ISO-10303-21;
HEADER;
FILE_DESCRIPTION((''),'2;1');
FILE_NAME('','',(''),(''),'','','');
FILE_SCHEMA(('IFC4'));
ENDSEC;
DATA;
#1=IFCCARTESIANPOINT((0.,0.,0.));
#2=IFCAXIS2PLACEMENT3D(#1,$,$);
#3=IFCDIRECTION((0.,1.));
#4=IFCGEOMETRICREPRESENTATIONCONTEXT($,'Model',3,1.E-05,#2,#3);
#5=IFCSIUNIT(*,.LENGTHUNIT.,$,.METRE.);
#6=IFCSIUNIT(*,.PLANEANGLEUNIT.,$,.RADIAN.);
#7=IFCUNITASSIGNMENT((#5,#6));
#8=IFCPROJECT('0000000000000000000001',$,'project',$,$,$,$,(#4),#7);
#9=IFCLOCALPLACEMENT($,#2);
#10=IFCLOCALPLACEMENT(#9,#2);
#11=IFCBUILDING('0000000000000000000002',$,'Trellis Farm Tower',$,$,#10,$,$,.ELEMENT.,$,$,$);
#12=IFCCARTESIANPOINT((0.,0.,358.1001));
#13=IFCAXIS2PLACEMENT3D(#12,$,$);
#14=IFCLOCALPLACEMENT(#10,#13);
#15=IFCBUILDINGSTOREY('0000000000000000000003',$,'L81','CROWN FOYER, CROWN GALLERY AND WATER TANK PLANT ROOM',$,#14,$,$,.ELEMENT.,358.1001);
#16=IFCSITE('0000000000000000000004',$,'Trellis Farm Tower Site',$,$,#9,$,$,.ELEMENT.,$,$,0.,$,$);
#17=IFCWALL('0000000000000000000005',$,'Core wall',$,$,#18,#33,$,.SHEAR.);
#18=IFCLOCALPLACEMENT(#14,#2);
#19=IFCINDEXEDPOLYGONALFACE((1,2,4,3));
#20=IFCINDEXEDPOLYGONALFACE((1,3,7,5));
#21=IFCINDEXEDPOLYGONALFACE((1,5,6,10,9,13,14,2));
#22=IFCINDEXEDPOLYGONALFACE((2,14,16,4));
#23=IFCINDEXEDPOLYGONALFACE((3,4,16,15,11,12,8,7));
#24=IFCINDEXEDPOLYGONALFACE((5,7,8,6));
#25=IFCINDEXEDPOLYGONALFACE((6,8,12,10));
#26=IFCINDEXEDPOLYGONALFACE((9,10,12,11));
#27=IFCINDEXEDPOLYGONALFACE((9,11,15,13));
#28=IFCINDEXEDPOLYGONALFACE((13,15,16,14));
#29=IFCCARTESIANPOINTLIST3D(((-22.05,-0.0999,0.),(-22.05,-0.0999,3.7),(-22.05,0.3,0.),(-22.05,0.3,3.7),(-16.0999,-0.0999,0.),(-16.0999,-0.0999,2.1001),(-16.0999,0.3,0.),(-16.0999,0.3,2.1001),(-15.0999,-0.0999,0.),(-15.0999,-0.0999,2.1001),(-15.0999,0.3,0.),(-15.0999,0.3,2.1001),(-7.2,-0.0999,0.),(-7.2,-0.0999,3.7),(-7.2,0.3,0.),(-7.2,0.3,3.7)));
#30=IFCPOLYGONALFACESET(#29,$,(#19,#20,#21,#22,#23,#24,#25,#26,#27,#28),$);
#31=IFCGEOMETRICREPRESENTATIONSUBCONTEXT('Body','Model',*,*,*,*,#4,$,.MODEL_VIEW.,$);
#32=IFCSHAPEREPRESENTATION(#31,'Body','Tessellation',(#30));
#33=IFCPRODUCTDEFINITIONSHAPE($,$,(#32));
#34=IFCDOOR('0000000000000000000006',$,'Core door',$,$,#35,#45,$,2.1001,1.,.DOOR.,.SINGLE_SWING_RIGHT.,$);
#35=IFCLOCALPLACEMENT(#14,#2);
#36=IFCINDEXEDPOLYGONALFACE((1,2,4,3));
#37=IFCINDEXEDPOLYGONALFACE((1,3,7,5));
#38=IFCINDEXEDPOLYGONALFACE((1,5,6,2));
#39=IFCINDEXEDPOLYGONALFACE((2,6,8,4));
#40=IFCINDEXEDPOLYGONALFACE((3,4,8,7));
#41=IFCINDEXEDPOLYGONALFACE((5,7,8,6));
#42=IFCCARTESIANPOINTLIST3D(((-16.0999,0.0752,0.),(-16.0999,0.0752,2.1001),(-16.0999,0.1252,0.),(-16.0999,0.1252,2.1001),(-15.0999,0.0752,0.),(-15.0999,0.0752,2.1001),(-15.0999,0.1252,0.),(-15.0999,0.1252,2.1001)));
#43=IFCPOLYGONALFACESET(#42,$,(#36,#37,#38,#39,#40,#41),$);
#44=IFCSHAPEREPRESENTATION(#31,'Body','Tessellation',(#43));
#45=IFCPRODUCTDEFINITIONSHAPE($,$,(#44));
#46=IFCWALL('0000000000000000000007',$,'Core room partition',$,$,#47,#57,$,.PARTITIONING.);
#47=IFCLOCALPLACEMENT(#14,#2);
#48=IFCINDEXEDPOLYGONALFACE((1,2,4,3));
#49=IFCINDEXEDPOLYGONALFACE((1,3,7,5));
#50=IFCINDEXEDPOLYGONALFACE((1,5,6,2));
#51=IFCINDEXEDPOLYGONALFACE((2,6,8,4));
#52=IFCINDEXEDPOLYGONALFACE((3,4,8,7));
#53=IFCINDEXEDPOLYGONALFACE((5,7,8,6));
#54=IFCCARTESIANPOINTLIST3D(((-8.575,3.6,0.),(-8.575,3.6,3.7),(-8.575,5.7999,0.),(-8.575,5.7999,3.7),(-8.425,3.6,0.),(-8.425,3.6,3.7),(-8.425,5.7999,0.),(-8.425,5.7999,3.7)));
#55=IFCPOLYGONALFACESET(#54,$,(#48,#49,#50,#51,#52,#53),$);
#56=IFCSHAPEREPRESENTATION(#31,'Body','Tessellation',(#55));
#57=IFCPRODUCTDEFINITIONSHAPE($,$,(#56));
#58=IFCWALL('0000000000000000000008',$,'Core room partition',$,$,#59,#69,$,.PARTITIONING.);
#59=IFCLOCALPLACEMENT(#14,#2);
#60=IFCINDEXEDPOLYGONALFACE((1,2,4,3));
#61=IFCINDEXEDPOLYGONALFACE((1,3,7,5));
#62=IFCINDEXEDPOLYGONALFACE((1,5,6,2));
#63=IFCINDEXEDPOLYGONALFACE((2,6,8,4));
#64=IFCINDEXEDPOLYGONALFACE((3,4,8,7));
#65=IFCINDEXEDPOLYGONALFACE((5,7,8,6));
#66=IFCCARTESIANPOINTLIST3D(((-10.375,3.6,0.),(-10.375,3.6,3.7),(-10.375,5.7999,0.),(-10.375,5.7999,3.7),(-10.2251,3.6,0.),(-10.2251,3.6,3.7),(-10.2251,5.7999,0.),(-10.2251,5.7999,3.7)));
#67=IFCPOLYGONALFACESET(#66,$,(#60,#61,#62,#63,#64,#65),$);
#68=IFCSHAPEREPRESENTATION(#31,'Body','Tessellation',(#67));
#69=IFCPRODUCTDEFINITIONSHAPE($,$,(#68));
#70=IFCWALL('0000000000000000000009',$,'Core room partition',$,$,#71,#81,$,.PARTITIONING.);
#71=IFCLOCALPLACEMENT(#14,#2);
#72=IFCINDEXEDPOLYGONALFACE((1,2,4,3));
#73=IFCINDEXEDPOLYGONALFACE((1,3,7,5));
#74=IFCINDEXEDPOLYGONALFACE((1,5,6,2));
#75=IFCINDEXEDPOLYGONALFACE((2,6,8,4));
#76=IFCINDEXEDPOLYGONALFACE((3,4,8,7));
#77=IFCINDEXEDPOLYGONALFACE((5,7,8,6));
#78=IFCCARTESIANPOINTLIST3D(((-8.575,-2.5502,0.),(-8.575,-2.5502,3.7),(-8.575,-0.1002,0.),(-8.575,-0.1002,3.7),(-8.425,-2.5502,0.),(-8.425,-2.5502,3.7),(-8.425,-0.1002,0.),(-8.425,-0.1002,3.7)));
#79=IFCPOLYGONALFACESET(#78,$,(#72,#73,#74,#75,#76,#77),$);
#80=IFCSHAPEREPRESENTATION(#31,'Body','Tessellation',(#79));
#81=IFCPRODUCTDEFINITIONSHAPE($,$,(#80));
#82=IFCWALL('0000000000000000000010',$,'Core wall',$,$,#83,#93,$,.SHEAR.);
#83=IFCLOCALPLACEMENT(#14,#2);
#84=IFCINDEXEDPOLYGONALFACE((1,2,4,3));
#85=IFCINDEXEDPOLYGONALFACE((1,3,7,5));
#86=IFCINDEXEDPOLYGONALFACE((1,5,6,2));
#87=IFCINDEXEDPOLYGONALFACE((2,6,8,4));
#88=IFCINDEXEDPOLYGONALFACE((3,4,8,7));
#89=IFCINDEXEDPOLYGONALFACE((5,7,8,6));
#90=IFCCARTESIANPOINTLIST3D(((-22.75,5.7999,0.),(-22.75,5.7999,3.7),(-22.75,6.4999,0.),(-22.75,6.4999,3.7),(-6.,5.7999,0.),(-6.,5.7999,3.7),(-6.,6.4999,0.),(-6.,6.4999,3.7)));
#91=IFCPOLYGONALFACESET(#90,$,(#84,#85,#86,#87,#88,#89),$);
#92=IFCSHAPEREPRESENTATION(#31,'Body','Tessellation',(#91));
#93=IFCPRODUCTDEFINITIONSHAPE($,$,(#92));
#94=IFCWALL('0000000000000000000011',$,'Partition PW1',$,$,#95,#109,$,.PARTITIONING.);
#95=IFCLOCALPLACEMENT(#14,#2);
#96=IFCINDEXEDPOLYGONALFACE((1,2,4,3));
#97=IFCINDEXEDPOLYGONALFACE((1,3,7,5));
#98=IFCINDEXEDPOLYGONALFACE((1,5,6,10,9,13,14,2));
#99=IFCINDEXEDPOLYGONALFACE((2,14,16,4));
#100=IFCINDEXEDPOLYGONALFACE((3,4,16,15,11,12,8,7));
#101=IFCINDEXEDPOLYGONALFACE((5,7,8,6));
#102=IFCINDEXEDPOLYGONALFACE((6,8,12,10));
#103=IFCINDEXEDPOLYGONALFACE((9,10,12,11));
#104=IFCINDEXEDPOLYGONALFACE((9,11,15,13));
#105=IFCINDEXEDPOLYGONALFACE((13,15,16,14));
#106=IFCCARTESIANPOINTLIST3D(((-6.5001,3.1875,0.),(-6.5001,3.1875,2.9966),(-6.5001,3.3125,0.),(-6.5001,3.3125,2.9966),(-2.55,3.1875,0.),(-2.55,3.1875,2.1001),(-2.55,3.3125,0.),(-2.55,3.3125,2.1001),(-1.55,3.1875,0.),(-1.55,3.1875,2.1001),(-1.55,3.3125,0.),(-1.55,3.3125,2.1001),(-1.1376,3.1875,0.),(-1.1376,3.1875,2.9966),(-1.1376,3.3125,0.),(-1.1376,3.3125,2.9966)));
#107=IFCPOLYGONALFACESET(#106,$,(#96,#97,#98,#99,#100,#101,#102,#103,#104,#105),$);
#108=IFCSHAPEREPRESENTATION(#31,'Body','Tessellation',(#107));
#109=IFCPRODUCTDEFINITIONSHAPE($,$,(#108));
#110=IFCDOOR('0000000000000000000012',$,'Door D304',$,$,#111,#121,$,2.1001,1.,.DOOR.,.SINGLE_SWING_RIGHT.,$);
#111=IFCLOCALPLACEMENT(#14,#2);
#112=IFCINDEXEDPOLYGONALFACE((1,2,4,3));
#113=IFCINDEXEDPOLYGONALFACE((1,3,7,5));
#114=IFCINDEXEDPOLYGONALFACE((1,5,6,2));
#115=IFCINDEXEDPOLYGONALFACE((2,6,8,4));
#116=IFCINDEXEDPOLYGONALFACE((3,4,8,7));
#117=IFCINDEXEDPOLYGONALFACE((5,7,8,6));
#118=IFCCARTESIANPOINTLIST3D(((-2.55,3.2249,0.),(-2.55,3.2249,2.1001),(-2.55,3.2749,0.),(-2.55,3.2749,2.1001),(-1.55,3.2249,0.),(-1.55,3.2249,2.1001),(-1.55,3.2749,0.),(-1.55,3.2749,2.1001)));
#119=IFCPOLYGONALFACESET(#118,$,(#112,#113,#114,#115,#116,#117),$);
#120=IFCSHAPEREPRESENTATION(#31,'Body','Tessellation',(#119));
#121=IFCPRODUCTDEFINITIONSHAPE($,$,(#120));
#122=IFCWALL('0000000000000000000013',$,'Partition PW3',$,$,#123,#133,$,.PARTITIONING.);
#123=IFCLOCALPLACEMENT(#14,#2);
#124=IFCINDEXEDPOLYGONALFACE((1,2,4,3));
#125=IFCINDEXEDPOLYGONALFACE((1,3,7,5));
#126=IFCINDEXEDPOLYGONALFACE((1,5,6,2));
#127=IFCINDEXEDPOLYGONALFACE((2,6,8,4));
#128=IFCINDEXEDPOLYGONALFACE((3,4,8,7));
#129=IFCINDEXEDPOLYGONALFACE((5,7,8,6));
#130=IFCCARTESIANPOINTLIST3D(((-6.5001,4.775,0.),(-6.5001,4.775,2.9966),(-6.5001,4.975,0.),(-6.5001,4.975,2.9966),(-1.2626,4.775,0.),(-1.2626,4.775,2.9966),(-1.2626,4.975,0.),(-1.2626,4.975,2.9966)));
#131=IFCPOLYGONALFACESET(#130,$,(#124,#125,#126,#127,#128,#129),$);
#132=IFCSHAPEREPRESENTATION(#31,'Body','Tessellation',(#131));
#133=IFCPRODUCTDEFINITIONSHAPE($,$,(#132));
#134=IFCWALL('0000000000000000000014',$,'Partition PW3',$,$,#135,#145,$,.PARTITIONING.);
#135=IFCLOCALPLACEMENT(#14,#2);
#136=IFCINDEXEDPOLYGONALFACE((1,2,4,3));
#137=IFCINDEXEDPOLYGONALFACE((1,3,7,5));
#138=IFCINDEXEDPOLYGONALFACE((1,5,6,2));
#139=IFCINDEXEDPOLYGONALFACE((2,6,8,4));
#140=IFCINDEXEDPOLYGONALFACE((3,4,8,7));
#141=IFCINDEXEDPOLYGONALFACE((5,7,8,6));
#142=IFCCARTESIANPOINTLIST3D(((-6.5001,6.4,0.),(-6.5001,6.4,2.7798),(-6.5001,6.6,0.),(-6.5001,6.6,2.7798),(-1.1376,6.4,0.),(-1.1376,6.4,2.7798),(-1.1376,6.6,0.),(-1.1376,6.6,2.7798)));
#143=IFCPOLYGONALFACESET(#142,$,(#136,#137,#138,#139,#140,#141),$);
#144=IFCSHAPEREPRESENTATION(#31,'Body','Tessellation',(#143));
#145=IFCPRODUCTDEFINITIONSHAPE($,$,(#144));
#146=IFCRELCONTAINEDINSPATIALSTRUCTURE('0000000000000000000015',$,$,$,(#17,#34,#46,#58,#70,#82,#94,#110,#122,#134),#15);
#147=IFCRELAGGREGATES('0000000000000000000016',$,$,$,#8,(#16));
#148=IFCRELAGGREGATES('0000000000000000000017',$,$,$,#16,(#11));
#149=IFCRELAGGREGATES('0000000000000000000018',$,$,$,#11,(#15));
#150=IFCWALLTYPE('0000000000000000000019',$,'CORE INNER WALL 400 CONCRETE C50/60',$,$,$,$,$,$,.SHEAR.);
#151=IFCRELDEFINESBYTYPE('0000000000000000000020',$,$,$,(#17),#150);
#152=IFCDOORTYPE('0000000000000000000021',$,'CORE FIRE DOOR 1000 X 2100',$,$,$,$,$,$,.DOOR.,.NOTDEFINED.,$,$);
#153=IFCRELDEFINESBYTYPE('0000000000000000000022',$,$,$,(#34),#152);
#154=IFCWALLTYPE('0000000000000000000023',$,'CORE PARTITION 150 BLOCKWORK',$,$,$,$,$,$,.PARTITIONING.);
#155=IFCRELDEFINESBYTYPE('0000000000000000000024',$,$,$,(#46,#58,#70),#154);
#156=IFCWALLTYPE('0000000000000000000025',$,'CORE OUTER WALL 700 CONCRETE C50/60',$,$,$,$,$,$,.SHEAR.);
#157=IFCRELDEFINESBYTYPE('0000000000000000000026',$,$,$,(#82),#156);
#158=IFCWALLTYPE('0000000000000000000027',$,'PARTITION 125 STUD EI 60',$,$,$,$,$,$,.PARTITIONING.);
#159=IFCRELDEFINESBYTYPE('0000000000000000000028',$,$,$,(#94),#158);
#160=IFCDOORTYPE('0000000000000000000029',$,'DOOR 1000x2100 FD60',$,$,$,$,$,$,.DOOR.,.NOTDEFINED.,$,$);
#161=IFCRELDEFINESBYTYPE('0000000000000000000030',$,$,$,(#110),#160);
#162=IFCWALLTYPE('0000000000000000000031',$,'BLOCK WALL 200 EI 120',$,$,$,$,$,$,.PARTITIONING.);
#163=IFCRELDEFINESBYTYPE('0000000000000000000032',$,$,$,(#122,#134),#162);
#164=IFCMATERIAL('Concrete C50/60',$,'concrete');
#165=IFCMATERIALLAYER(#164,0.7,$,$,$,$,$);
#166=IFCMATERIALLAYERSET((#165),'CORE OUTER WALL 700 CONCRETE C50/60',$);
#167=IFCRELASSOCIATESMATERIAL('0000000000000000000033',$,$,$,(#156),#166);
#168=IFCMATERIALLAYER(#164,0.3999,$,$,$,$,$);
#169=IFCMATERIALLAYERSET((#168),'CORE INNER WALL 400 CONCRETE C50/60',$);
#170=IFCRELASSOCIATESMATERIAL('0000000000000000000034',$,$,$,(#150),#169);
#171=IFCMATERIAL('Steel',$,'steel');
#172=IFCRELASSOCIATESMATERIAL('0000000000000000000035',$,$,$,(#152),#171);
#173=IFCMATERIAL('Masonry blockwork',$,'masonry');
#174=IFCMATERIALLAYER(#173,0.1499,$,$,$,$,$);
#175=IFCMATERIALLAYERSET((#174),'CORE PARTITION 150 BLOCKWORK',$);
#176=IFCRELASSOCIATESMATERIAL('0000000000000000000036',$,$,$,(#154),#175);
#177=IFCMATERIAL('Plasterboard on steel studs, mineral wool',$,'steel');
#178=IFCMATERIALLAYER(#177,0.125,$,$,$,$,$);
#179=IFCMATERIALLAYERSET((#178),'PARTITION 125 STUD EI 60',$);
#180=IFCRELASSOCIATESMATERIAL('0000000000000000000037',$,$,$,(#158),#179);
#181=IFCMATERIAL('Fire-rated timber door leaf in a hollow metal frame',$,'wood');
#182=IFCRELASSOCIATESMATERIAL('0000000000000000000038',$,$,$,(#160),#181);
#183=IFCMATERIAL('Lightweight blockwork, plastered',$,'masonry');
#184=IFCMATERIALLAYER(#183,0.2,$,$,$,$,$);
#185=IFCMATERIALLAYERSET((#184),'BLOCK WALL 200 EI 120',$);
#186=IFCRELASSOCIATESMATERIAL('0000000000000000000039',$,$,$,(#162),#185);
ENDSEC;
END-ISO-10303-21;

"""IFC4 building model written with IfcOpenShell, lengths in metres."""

from ifc_helpers import new_model, si_unit, direction, frame, frame_2d, origin, place, context, subcontext, project, spatial, rectangle, extrude, source, transform, mapped, material, layer, layer_set, type_object, element, fill, save


model = new_model("IFC4")

# Units and contexts
model_context = context("Model", 3, precision=1e-05, world=origin(), true_north=direction((0.0, 1.0)))
body_context = subcontext(model_context, "Body", "Model", "MODEL_VIEW")
ifc_project = project(units=[si_unit("LENGTHUNIT", "METRE"), si_unit("PLANEANGLEUNIT", "RADIAN")], contexts=[model_context])

# Site, building, storey
site_placement = place(None, origin())
site = spatial("IfcSite", under=ifc_project, at=site_placement, Name="Trellis Farm Tower Site", CompositionType="ELEMENT", RefElevation=0.0)
building_placement = place(site_placement, origin())
building = spatial("IfcBuilding", under=site, at=building_placement, Name="Trellis Farm Tower", CompositionType="ELEMENT")
storey_placement = place(building_placement, frame((0.0, 0.0, 358.1001)))
storey = spatial("IfcBuildingStorey", under=building, at=storey_placement, Name="L81", Description="CROWN FOYER, CROWN GALLERY AND WATER TANK PLANT ROOM", CompositionType="ELEMENT", Elevation=358.1001)

# Shared definitions
ifc_material_1 = material(Name="Concrete C50/60", Category="concrete")

# Shared definitions
ifc_layer_1 = layer(ifc_material_1, 0.7)
ifc_layer_set_1 = layer_set([ifc_layer_1], Name="CORE OUTER WALL 700 CONCRETE C50/60")
wall_type_1 = type_object("IfcWallType", Name="CORE OUTER WALL 700 CONCRETE C50/60", PredefinedType="SHEAR", material=ifc_layer_set_1)
ifc_material_2 = material(Name="Steel", Category="steel")

# Shared definitions
ifc_layer_2 = layer(ifc_material_1, 0.3999)
ifc_layer_set_2 = layer_set([ifc_layer_2], Name="CORE INNER WALL 400 CONCRETE C50/60")
wall_type_2 = type_object("IfcWallType", Name="CORE INNER WALL 400 CONCRETE C50/60", PredefinedType="SHEAR", material=ifc_layer_set_2)

# Wall, opening, door
shared_shape_1 = source(origin(), body_context, "Body", "SweptSolid", [
    extrude(rectangle(XDim=14.8501, YDim=0.3999, at=frame_2d((7.425, 0.0))), origin(), (0.0, 0.0, 1.0), 3.7),
])
wall_1_placement = place(storey_placement, frame((-7.2, 0.1001, 0.0), z_axis=(0.0, 0.0, 1.0), x_axis=(-1.0, 0.0, 0.0)))
wall_1 = element("IfcWall", 1, at=wall_1_placement, inside=storey, type_object=wall_type_2, Name="Core wall", PredefinedType="SHEAR", context=body_context, shape_type="MappedRepresentation", body=[
    mapped(shared_shape_1, transform((0.0, 0.0, 0.0))),
])
shared_shape_2 = source(origin(), body_context, "Body", "SweptSolid", [
    extrude(rectangle(XDim=1.0, YDim=2.1001, at=frame_2d((0.5, 1.05))), frame((0.0, 0.21, 0.0), z_axis=(0.0, -1.0, 0.0), x_axis=(1.0, 0.0, 0.0)), (0.0, 0.0, 1.0), 0.4199),
])
opening_1_placement = place(wall_1_placement, frame((7.8999, 0.0, 0.0)))
opening_1 = element("IfcOpeningElement", 2, at=opening_1_placement, cuts=wall_1, PredefinedType="OPENING", context=body_context, shape_type="MappedRepresentation", body=[
    mapped(shared_shape_2, transform((0.0, 0.0, 0.0))),
])
door_type_1 = type_object("IfcDoorType", Name="CORE FIRE DOOR 1000 X 2100", OperationType="NOTDEFINED", PredefinedType="DOOR", material=ifc_material_2)
shared_shape_3 = source(origin(), body_context, "Body", "SweptSolid", [
    extrude(rectangle(XDim=1.0, YDim=2.1001, at=frame_2d((0.5, 1.05))), frame((0.0, 0.0249, 0.0), z_axis=(0.0, -1.0, 0.0), x_axis=(1.0, 0.0, 0.0)), (0.0, 0.0, 1.0), 0.05),
])
door_1_placement = place(opening_1_placement, origin())
door_1 = element("IfcDoor", 3, at=door_1_placement, inside=storey, type_object=door_type_1, Name="Core door", OperationType="SINGLE_SWING_RIGHT", OverallHeight=2.1001, OverallWidth=1.0, PredefinedType="DOOR", context=body_context, shape_type="MappedRepresentation", body=[
    mapped(shared_shape_3, transform((0.0, 0.0, 0.0))),
])
fill(opening_1, door_1)

# Walls
ifc_material_3 = material(Name="Masonry blockwork", Category="masonry")
ifc_layer_3 = layer(ifc_material_3, 0.1499)
ifc_layer_set_3 = layer_set([ifc_layer_3], Name="CORE PARTITION 150 BLOCKWORK")
wall_type_3 = type_object("IfcWallType", Name="CORE PARTITION 150 BLOCKWORK", PredefinedType="PARTITIONING", material=ifc_layer_set_3)
shared_shape_4 = source(origin(), body_context, "Body", "SweptSolid", [
    extrude(rectangle(XDim=2.2, YDim=0.1499, at=frame_2d((1.1001, 0.0))), origin(), (0.0, 0.0, 1.0), 3.7),
])
for number, where, z_axis, x_axis, name in (
    (4, (-8.5, 5.8, 0.0), (0.0, 0.0, 1.0), (0.0, -1.0, 0.0), "Core room partition"),
    (5, (-10.3, 5.8, 0.0), (0.0, 0.0, 1.0), (0.0, -1.0, 0.0), "Core room partition"),
):
    element("IfcWall", number, at=place(storey_placement, frame(where, z_axis=z_axis, x_axis=x_axis)), inside=storey, type_object=wall_type_3, Name=name, PredefinedType="PARTITIONING", context=body_context, shape_type="MappedRepresentation", body=[
        mapped(shared_shape_4, transform((0.0, 0.0, 0.0))),
    ])
shared_shape_5 = source(origin(), body_context, "Body", "SweptSolid", [
    extrude(rectangle(XDim=2.45, YDim=0.1499, at=frame_2d((1.2251, 0.0))), origin(), (0.0, 0.0, 1.0), 3.7),
])
wall_2_placement = place(storey_placement, frame((-8.5, -0.1001, 0.0), z_axis=(0.0, 0.0, 1.0), x_axis=(0.0, -1.0, 0.0)))
element("IfcWall", 6, at=wall_2_placement, inside=storey, type_object=wall_type_3, Name="Core room partition", PredefinedType="PARTITIONING", context=body_context, shape_type="MappedRepresentation", body=[
    mapped(shared_shape_5, transform((0.0, 0.0, 0.0))),
])
shared_shape_6 = source(origin(), body_context, "Body", "SweptSolid", [
    extrude(rectangle(XDim=16.75, YDim=0.7, at=frame_2d((8.375, 0.0))), origin(), (0.0, 0.0, 1.0), 3.7),
])
wall_3_placement = place(storey_placement, frame((-6.0, 6.1499, 0.0), z_axis=(0.0, 0.0, 1.0), x_axis=(-1.0, 0.0, 0.0)))
element("IfcWall", 7, at=wall_3_placement, inside=storey, type_object=wall_type_1, Name="Core wall", PredefinedType="SHEAR", context=body_context, shape_type="MappedRepresentation", body=[
    mapped(shared_shape_6, transform((0.0, 0.0, 0.0))),
])

# Wall, opening, door
ifc_material_4 = material(Name="Plasterboard on steel studs, mineral wool", Category="steel")
ifc_layer_4 = layer(ifc_material_4, 0.125)
ifc_layer_set_4 = layer_set([ifc_layer_4], Name="PARTITION 125 STUD EI 60")
wall_type_4 = type_object("IfcWallType", Name="PARTITION 125 STUD EI 60", PredefinedType="PARTITIONING", material=ifc_layer_set_4)
shared_shape_7 = source(origin(), body_context, "Body", "SweptSolid", [
    extrude(rectangle(XDim=5.3625, YDim=0.125, at=frame_2d((2.6812, 0.0))), origin(), (0.0, 0.0, 1.0), 2.9966),
])
wall_4_placement = place(storey_placement, frame((-6.5, 3.25, 0.0), z_axis=(0.0, 0.0, 1.0), x_axis=(1.0, 0.0, 0.0)))
wall_4 = element("IfcWall", 8, at=wall_4_placement, inside=storey, type_object=wall_type_4, Name="Partition PW1", PredefinedType="PARTITIONING", context=body_context, shape_type="MappedRepresentation", body=[
    mapped(shared_shape_7, transform((0.0, 0.0, 0.0))),
])
shared_shape_8 = source(origin(), body_context, "Body", "SweptSolid", [
    extrude(rectangle(XDim=1.0, YDim=2.1001, at=frame_2d((0.5, 1.05))), frame((0.0, 0.0725, 0.0), z_axis=(0.0, -1.0, 0.0), x_axis=(1.0, 0.0, 0.0)), (0.0, 0.0, 1.0), 0.145),
])
opening_2_placement = place(wall_4_placement, frame((3.95, 0.0, 0.0)))
opening_2 = element("IfcOpeningElement", 9, at=opening_2_placement, cuts=wall_4, PredefinedType="OPENING", context=body_context, shape_type="MappedRepresentation", body=[
    mapped(shared_shape_8, transform((0.0, 0.0, 0.0))),
])
ifc_material_5 = material(Name="Fire-rated timber door leaf in a hollow metal frame", Category="wood")
door_type_2 = type_object("IfcDoorType", Name="DOOR 1000x2100 FD60", OperationType="NOTDEFINED", PredefinedType="DOOR", material=ifc_material_5)
door_2_placement = place(opening_2_placement, origin())
door_2 = element("IfcDoor", 10, at=door_2_placement, inside=storey, type_object=door_type_2, Name="Door D304", OperationType="SINGLE_SWING_RIGHT", OverallHeight=2.1001, OverallWidth=1.0, PredefinedType="DOOR", context=body_context, shape_type="MappedRepresentation", body=[
    mapped(shared_shape_3, transform((0.0, 0.0, 0.0))),
])
fill(opening_2, door_2)

# Walls
ifc_material_6 = material(Name="Lightweight blockwork, plastered", Category="masonry")
ifc_layer_5 = layer(ifc_material_6, 0.2)
ifc_layer_set_5 = layer_set([ifc_layer_5], Name="BLOCK WALL 200 EI 120")
wall_type_5 = type_object("IfcWallType", Name="BLOCK WALL 200 EI 120", PredefinedType="PARTITIONING", material=ifc_layer_set_5)
shared_shape_9 = source(origin(), body_context, "Body", "SweptSolid", [
    extrude(rectangle(XDim=5.2375, YDim=0.2, at=frame_2d((2.6187, 0.0))), origin(), (0.0, 0.0, 1.0), 2.9966),
])
wall_5_placement = place(storey_placement, frame((-6.5, 4.875, 0.0), z_axis=(0.0, 0.0, 1.0), x_axis=(1.0, 0.0, 0.0)))
element("IfcWall", 11, at=wall_5_placement, inside=storey, type_object=wall_type_5, Name="Partition PW3", PredefinedType="PARTITIONING", context=body_context, shape_type="MappedRepresentation", body=[
    mapped(shared_shape_9, transform((0.0, 0.0, 0.0))),
])
shared_shape_10 = source(origin(), body_context, "Body", "SweptSolid", [
    extrude(rectangle(XDim=5.3625, YDim=0.2, at=frame_2d((2.6812, 0.0))), origin(), (0.0, 0.0, 1.0), 2.7798),
])
wall_6_placement = place(storey_placement, frame((-6.5, 6.5, 0.0), z_axis=(0.0, 0.0, 1.0), x_axis=(1.0, 0.0, 0.0)))
element("IfcWall", 12, at=wall_6_placement, inside=storey, type_object=wall_type_5, Name="Partition PW3", PredefinedType="PARTITIONING", context=body_context, shape_type="MappedRepresentation", body=[
    mapped(shared_shape_10, transform((0.0, 0.0, 0.0))),
])

save(model, "model.ifc")
